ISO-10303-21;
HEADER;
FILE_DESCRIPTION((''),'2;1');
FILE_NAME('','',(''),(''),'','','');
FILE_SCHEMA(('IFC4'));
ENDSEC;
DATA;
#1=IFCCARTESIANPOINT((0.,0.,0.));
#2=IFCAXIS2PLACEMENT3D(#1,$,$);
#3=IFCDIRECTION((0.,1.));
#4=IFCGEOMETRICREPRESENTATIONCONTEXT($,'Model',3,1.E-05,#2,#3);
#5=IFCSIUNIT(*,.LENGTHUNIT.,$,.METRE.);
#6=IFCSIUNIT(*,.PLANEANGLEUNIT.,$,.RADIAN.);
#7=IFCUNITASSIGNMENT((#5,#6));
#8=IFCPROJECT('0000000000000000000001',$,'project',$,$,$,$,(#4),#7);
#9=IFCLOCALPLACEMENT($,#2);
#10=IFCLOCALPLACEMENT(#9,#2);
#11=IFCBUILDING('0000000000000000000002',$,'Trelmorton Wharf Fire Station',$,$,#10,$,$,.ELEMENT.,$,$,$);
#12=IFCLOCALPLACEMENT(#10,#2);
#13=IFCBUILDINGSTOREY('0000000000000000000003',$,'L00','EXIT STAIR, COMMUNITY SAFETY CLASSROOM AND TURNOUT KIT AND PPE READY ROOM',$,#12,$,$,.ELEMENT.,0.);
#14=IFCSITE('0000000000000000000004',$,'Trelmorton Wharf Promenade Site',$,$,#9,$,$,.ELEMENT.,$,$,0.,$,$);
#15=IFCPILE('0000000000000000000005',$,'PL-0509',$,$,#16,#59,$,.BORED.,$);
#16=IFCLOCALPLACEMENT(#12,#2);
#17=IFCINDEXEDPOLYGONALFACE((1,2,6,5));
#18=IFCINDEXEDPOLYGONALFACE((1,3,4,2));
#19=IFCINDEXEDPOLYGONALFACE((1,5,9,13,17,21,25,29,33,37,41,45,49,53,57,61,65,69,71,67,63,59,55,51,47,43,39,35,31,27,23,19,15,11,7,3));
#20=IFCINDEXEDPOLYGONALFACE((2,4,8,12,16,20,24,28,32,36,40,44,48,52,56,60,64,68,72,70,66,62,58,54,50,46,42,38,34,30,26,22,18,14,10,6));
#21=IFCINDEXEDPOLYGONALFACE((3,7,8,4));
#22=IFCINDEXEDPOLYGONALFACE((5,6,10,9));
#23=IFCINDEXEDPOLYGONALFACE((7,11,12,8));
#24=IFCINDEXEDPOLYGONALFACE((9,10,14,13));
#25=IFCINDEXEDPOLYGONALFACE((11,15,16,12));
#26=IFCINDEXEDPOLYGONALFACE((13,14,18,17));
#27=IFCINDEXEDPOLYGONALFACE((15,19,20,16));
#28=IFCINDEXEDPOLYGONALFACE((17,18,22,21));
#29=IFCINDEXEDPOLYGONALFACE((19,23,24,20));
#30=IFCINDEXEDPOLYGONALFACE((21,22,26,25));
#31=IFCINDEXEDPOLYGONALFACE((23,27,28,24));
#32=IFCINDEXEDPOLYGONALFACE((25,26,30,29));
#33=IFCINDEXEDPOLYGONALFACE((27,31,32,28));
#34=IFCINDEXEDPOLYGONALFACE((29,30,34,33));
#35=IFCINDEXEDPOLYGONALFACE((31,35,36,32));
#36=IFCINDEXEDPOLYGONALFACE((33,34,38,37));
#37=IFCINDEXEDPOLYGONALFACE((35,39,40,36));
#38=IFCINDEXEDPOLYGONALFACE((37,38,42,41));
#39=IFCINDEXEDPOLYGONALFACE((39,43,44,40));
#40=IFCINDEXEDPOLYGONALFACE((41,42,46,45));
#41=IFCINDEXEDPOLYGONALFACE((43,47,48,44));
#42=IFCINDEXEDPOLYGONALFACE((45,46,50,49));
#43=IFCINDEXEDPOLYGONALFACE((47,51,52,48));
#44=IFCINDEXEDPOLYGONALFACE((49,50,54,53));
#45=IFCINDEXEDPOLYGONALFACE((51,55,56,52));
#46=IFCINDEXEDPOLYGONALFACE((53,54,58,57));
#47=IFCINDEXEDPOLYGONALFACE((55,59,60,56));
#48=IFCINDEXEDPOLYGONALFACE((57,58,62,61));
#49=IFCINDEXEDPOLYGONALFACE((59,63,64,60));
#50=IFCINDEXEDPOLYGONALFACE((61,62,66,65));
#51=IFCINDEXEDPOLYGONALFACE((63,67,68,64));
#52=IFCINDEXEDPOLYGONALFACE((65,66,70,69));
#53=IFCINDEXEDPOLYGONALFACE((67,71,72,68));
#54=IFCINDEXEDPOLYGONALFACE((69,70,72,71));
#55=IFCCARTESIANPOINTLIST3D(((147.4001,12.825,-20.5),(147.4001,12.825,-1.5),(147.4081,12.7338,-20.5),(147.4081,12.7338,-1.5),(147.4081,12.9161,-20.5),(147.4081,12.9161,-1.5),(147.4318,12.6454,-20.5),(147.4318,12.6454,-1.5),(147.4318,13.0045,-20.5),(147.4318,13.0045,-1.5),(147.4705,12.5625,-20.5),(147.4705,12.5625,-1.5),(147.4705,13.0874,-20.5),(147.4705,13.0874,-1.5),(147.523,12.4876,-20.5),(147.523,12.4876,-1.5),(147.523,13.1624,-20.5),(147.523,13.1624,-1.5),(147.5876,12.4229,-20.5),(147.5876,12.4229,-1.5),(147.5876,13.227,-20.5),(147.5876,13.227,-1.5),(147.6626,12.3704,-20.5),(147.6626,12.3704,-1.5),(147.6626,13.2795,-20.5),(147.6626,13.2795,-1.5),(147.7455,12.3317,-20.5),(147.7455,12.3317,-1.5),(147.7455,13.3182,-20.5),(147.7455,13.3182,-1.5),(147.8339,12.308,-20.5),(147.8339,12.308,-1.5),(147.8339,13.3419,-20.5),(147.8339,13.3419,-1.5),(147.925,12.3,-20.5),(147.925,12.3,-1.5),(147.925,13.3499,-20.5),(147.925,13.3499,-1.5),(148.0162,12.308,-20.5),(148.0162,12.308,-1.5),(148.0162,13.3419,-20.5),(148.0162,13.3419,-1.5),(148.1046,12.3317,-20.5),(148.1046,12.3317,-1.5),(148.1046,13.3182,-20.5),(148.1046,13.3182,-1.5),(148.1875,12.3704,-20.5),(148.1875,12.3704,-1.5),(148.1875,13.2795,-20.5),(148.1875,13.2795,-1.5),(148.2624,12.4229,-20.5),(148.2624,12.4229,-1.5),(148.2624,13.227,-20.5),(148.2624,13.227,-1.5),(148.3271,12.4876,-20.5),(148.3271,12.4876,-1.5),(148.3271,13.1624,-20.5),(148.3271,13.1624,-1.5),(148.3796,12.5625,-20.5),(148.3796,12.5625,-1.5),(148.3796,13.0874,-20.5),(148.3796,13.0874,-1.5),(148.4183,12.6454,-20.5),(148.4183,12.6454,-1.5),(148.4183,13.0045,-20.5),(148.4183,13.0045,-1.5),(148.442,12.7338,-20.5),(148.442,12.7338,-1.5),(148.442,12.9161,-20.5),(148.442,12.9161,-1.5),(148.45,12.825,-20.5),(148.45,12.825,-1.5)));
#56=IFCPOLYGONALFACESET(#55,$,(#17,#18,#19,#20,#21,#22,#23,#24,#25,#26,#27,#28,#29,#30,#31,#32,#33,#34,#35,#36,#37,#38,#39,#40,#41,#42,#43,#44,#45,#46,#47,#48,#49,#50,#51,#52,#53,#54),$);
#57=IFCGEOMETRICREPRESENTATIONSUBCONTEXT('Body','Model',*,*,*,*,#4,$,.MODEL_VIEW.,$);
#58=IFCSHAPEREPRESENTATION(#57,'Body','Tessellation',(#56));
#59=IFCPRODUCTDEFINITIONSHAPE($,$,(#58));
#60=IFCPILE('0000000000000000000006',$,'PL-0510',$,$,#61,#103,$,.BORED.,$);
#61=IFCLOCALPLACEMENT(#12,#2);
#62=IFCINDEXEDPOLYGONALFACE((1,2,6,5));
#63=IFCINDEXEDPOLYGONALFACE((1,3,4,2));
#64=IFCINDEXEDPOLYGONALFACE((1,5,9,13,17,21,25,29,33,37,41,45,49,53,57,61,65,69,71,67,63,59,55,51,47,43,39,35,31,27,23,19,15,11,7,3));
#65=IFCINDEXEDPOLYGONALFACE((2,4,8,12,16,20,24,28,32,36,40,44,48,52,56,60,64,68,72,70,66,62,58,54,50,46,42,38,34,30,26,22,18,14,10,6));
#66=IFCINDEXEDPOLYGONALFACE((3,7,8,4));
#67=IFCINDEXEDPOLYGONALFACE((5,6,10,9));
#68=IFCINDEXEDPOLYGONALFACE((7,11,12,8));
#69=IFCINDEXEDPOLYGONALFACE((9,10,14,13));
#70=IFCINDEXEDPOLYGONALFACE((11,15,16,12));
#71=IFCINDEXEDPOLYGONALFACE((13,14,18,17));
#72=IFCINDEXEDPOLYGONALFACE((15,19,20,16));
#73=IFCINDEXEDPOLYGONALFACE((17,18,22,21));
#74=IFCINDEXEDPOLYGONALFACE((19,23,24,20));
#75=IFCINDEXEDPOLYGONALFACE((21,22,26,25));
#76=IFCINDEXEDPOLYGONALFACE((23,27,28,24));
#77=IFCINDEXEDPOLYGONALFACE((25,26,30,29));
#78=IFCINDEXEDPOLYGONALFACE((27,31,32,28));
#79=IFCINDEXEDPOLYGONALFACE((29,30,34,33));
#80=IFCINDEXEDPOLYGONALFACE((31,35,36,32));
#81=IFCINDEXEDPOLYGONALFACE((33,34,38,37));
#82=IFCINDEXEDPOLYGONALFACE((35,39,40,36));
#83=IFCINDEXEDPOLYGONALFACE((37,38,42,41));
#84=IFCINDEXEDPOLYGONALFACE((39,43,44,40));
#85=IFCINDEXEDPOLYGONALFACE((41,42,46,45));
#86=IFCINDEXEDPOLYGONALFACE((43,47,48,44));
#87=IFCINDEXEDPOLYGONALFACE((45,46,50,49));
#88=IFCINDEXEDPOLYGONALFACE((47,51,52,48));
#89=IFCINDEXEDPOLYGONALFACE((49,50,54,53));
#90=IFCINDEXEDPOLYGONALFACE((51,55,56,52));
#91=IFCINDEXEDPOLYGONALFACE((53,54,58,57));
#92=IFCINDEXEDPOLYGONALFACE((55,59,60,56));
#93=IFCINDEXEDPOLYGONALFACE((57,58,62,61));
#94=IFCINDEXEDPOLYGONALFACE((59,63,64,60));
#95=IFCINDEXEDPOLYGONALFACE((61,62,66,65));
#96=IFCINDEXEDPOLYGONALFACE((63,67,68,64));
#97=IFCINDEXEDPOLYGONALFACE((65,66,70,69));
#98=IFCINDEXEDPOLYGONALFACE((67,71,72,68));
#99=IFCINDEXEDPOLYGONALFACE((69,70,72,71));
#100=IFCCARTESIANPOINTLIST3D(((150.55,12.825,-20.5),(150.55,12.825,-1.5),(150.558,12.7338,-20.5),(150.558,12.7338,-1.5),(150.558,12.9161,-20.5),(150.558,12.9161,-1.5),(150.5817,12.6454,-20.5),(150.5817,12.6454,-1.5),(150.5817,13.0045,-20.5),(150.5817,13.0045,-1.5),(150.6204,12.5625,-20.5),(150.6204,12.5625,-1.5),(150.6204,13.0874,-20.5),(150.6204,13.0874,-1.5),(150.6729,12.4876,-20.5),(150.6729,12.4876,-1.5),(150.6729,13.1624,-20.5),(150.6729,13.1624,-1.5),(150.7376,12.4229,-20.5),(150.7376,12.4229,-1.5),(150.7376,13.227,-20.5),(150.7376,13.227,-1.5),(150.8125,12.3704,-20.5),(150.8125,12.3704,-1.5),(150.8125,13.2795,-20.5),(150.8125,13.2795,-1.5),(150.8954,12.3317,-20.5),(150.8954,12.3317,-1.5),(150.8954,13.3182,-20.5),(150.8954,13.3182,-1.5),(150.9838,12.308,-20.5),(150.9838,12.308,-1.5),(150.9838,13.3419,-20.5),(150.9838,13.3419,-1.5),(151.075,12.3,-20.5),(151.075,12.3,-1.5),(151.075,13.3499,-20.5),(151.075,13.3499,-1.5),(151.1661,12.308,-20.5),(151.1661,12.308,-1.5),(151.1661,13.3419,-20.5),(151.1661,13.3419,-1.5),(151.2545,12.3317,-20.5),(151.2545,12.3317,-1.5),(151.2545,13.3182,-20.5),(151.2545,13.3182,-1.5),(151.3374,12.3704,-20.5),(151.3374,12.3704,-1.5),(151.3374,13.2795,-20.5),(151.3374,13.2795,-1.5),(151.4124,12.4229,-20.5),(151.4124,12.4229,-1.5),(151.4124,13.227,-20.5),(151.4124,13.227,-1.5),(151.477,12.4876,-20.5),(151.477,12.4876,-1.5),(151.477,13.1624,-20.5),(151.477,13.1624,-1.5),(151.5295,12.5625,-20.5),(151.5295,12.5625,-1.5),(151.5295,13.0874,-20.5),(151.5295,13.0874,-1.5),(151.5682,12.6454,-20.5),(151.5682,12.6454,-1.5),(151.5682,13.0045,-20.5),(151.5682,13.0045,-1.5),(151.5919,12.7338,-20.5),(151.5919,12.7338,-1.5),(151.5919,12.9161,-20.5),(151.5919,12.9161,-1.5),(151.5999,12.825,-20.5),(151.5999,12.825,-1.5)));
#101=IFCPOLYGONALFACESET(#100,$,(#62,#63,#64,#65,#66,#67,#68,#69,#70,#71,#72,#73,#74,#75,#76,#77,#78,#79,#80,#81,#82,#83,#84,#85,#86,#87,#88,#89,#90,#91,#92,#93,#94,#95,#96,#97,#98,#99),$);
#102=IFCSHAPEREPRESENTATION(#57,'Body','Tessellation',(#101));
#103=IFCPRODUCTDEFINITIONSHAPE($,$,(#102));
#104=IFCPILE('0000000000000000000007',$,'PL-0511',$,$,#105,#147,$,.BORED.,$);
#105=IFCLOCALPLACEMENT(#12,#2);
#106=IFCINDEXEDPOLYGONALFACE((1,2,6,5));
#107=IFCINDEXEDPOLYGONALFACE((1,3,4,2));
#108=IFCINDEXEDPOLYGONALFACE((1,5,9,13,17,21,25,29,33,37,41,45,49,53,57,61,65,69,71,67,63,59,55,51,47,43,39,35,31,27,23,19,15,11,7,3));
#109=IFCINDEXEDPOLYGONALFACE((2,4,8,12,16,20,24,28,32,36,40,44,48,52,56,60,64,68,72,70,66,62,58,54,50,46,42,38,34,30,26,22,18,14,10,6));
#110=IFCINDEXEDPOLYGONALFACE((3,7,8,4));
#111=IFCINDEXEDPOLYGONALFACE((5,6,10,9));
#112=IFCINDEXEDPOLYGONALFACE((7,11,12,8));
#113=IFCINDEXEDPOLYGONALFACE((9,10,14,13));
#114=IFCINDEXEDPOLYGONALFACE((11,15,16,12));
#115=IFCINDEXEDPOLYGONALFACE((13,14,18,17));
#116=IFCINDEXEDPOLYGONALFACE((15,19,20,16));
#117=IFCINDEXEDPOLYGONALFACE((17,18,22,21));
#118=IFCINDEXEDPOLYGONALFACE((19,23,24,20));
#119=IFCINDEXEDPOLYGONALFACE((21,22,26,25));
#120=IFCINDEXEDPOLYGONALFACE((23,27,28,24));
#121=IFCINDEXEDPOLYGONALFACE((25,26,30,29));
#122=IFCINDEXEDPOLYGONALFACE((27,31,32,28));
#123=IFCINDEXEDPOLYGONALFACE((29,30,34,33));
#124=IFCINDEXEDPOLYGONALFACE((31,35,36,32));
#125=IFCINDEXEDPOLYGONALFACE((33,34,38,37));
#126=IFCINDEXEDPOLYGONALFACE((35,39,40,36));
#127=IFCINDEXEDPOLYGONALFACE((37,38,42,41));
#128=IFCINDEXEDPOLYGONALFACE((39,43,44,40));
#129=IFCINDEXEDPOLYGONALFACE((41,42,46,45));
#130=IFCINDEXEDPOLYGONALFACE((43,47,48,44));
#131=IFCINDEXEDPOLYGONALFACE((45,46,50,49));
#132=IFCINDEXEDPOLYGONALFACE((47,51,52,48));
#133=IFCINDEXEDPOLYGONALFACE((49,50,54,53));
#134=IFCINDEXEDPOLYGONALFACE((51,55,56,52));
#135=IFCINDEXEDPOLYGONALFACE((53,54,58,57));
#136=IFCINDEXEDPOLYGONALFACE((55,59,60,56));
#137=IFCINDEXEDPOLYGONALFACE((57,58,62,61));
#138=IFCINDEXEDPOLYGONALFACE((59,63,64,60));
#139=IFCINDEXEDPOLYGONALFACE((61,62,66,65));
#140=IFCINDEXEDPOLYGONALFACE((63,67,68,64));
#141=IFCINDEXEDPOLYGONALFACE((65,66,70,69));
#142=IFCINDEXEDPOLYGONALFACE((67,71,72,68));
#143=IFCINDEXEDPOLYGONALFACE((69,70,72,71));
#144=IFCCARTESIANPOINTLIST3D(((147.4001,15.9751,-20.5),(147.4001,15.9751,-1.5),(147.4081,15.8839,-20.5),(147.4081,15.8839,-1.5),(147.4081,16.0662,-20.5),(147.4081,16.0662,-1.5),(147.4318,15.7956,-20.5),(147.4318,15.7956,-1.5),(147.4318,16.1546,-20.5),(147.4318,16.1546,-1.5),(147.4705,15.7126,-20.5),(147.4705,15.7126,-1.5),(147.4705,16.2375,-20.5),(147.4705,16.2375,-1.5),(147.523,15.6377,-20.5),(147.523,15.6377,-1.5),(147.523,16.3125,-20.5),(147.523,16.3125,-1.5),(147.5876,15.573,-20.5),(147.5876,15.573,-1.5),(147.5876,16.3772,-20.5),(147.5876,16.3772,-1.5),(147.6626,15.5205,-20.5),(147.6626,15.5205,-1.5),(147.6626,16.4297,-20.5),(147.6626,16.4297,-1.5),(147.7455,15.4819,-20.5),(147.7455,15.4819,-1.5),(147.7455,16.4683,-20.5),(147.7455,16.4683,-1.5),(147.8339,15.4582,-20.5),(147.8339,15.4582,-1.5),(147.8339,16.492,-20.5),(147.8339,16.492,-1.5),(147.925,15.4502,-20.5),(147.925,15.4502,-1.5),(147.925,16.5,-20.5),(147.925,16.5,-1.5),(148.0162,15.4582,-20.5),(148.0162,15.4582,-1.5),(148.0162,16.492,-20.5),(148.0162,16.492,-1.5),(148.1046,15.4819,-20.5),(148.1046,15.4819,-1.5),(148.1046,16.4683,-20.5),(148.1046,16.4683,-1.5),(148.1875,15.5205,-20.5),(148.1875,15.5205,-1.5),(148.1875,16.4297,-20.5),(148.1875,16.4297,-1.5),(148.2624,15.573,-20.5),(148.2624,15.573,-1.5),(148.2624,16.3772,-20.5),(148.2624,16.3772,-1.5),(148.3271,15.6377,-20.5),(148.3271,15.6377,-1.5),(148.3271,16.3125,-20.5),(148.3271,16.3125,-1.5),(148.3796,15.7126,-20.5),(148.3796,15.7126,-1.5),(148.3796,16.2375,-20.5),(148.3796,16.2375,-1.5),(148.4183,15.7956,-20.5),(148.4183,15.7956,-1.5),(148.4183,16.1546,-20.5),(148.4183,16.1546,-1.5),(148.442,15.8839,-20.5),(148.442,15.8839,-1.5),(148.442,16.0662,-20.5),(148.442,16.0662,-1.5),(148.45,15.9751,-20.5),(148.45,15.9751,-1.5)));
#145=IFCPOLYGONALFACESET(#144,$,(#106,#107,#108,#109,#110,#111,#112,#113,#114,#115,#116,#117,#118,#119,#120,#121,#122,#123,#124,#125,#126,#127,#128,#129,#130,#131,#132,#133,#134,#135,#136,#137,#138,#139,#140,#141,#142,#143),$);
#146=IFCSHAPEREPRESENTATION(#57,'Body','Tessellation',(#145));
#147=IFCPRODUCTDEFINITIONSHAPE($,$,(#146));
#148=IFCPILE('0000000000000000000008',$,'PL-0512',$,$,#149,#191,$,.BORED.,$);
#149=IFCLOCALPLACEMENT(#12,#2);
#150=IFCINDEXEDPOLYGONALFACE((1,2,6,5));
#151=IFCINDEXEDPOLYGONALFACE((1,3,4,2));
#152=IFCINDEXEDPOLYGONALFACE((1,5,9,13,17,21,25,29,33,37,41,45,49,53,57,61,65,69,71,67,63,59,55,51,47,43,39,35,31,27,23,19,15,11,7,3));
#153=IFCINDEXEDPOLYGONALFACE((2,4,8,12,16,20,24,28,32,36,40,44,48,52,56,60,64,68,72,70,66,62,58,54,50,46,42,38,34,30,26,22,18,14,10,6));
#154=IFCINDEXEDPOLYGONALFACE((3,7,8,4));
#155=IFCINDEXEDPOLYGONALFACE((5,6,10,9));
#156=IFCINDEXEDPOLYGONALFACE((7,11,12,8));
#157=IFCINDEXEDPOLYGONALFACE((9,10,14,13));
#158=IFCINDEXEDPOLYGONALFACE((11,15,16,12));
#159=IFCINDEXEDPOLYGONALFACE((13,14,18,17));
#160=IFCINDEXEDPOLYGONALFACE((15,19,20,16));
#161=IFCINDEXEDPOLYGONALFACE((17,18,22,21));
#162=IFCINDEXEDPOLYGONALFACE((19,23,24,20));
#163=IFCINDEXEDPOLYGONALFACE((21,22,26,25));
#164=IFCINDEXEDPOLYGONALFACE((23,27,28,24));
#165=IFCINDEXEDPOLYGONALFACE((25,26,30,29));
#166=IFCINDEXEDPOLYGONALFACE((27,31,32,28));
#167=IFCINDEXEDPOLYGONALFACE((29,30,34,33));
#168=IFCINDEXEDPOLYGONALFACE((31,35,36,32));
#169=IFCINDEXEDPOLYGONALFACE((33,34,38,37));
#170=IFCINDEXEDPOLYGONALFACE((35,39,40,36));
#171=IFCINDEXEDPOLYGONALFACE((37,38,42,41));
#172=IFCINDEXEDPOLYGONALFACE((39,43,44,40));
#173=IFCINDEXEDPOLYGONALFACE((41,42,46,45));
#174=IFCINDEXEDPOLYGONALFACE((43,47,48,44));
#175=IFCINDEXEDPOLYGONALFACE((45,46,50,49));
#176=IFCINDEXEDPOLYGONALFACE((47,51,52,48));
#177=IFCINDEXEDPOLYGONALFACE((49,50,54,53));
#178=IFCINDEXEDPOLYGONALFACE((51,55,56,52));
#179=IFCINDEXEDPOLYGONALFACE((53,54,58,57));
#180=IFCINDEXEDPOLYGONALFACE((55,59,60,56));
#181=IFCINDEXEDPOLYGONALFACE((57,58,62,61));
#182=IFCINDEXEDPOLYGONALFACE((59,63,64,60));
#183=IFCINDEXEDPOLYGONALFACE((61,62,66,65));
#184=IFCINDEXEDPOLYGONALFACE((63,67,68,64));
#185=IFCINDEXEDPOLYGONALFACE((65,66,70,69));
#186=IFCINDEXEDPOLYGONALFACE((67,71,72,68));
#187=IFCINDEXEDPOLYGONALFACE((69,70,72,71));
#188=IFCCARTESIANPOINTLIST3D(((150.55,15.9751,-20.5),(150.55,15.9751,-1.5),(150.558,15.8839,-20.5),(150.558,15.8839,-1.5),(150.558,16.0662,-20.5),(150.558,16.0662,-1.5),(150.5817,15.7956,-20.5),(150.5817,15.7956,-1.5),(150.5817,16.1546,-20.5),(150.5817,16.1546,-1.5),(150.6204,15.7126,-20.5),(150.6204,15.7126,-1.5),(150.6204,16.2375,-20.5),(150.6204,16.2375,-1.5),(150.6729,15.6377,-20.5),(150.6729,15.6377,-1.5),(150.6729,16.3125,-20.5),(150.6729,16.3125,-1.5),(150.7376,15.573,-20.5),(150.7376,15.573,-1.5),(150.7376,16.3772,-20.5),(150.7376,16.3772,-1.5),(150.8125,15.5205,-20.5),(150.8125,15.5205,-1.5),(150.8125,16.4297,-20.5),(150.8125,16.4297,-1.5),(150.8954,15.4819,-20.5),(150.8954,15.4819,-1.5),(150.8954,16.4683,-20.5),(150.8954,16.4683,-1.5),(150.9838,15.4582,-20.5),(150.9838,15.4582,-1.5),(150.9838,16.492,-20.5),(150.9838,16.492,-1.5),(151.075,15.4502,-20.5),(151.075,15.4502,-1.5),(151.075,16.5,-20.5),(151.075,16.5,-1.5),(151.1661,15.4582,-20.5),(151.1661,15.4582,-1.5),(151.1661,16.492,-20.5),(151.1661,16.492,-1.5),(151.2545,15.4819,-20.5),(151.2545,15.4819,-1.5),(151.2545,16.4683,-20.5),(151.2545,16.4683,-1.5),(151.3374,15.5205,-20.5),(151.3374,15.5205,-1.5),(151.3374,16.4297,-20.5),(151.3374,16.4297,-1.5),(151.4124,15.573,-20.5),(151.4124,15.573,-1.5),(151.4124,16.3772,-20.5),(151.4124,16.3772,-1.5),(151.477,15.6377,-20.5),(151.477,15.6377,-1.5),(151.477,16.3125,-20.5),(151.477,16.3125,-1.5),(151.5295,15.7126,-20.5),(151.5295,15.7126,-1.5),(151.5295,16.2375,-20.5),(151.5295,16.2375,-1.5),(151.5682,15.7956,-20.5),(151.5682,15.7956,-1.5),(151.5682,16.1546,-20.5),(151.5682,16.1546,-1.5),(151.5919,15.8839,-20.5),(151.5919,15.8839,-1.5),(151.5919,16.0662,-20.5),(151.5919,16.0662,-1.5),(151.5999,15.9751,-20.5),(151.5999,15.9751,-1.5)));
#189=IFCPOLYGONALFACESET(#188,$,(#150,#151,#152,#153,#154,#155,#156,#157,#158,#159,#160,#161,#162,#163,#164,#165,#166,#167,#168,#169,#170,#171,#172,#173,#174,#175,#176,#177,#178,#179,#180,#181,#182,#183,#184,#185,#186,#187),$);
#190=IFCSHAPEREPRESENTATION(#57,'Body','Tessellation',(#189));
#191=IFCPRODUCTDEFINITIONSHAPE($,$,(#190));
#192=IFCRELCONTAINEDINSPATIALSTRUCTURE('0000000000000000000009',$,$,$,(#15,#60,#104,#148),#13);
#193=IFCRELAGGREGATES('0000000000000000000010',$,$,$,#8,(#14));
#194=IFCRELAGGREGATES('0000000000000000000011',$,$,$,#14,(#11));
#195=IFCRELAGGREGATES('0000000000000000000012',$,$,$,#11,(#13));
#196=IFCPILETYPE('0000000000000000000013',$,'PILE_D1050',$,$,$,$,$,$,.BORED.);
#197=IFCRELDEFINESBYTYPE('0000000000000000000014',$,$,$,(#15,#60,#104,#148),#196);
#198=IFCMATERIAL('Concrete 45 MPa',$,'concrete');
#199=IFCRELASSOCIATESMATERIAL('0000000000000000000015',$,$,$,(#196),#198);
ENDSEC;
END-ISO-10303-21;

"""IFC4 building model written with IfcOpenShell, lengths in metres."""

from ifc_helpers import new_model, si_unit, direction, frame, origin, origin_2d, place, context, subcontext, project, spatial, circle, extrude, material, material_profile, profile_set, type_object, element, save


model = new_model("IFC4")

# Units and contexts
model_context = context("Model", 3, precision=1e-05, world=origin(), true_north=direction((0.0, 1.0)))
body_context = subcontext(model_context, "Body", "Model", "MODEL_VIEW")
ifc_project = project(units=[si_unit("LENGTHUNIT", "METRE"), si_unit("PLANEANGLEUNIT", "RADIAN")], contexts=[model_context])

# Site, building, storey
site_placement = place(None, origin())
site = spatial("IfcSite", under=ifc_project, at=site_placement, Name="Trelmorton Wharf Promenade Site", CompositionType="ELEMENT", RefElevation=0.0)
building_placement = place(site_placement, origin())
building = spatial("IfcBuilding", under=site, at=building_placement, Name="Trelmorton Wharf Fire Station", CompositionType="ELEMENT")
storey_placement = place(building_placement, origin())
storey = spatial("IfcBuildingStorey", under=building, at=storey_placement, Name="L00", Description="EXIT STAIR, COMMUNITY SAFETY CLASSROOM AND TURNOUT KIT AND PPE READY ROOM", CompositionType="ELEMENT", Elevation=0.0)

# Piles
ifc_material_1 = material(Name="Concrete 45 MPa", Category="concrete")
ifc_material_profile_1 = material_profile(ifc_material_1, circle(Radius=0.5249, at=origin_2d()), Name="PILE-D1050")
ifc_profile_set_1 = profile_set([ifc_material_profile_1], Name="Concrete 45 MPa")
pile_type = type_object("IfcPileType", Name="PILE_D1050", PredefinedType="BORED", material=ifc_profile_set_1)
for number, where, z_axis, x_axis, name in (
    (1, (147.925, 12.825, -1.5), (0.0, 0.0, -1.0), (1.0, 0.0, 0.0), "PL-0509"),
    (2, (151.075, 12.825, -1.5), (0.0, 0.0, -1.0), (1.0, 0.0, 0.0), "PL-0510"),
    (3, (147.925, 15.9751, -1.5), (0.0, 0.0, -1.0), (1.0, 0.0, 0.0), "PL-0511"),
    (4, (151.075, 15.9751, -1.5), (0.0, 0.0, -1.0), (1.0, 0.0, 0.0), "PL-0512"),
):
    element("IfcPile", number, at=place(storey_placement, frame(where, z_axis=z_axis, x_axis=x_axis)), inside=storey, type_object=pile_type, Name=name, PredefinedType="BORED", context=body_context, shape_type="SweptSolid", body=[
        extrude(circle(Radius=0.5249, at=origin_2d()), origin(), (0.0, 0.0, 1.0), 19.0),
    ])

save(model, "model.ifc")
